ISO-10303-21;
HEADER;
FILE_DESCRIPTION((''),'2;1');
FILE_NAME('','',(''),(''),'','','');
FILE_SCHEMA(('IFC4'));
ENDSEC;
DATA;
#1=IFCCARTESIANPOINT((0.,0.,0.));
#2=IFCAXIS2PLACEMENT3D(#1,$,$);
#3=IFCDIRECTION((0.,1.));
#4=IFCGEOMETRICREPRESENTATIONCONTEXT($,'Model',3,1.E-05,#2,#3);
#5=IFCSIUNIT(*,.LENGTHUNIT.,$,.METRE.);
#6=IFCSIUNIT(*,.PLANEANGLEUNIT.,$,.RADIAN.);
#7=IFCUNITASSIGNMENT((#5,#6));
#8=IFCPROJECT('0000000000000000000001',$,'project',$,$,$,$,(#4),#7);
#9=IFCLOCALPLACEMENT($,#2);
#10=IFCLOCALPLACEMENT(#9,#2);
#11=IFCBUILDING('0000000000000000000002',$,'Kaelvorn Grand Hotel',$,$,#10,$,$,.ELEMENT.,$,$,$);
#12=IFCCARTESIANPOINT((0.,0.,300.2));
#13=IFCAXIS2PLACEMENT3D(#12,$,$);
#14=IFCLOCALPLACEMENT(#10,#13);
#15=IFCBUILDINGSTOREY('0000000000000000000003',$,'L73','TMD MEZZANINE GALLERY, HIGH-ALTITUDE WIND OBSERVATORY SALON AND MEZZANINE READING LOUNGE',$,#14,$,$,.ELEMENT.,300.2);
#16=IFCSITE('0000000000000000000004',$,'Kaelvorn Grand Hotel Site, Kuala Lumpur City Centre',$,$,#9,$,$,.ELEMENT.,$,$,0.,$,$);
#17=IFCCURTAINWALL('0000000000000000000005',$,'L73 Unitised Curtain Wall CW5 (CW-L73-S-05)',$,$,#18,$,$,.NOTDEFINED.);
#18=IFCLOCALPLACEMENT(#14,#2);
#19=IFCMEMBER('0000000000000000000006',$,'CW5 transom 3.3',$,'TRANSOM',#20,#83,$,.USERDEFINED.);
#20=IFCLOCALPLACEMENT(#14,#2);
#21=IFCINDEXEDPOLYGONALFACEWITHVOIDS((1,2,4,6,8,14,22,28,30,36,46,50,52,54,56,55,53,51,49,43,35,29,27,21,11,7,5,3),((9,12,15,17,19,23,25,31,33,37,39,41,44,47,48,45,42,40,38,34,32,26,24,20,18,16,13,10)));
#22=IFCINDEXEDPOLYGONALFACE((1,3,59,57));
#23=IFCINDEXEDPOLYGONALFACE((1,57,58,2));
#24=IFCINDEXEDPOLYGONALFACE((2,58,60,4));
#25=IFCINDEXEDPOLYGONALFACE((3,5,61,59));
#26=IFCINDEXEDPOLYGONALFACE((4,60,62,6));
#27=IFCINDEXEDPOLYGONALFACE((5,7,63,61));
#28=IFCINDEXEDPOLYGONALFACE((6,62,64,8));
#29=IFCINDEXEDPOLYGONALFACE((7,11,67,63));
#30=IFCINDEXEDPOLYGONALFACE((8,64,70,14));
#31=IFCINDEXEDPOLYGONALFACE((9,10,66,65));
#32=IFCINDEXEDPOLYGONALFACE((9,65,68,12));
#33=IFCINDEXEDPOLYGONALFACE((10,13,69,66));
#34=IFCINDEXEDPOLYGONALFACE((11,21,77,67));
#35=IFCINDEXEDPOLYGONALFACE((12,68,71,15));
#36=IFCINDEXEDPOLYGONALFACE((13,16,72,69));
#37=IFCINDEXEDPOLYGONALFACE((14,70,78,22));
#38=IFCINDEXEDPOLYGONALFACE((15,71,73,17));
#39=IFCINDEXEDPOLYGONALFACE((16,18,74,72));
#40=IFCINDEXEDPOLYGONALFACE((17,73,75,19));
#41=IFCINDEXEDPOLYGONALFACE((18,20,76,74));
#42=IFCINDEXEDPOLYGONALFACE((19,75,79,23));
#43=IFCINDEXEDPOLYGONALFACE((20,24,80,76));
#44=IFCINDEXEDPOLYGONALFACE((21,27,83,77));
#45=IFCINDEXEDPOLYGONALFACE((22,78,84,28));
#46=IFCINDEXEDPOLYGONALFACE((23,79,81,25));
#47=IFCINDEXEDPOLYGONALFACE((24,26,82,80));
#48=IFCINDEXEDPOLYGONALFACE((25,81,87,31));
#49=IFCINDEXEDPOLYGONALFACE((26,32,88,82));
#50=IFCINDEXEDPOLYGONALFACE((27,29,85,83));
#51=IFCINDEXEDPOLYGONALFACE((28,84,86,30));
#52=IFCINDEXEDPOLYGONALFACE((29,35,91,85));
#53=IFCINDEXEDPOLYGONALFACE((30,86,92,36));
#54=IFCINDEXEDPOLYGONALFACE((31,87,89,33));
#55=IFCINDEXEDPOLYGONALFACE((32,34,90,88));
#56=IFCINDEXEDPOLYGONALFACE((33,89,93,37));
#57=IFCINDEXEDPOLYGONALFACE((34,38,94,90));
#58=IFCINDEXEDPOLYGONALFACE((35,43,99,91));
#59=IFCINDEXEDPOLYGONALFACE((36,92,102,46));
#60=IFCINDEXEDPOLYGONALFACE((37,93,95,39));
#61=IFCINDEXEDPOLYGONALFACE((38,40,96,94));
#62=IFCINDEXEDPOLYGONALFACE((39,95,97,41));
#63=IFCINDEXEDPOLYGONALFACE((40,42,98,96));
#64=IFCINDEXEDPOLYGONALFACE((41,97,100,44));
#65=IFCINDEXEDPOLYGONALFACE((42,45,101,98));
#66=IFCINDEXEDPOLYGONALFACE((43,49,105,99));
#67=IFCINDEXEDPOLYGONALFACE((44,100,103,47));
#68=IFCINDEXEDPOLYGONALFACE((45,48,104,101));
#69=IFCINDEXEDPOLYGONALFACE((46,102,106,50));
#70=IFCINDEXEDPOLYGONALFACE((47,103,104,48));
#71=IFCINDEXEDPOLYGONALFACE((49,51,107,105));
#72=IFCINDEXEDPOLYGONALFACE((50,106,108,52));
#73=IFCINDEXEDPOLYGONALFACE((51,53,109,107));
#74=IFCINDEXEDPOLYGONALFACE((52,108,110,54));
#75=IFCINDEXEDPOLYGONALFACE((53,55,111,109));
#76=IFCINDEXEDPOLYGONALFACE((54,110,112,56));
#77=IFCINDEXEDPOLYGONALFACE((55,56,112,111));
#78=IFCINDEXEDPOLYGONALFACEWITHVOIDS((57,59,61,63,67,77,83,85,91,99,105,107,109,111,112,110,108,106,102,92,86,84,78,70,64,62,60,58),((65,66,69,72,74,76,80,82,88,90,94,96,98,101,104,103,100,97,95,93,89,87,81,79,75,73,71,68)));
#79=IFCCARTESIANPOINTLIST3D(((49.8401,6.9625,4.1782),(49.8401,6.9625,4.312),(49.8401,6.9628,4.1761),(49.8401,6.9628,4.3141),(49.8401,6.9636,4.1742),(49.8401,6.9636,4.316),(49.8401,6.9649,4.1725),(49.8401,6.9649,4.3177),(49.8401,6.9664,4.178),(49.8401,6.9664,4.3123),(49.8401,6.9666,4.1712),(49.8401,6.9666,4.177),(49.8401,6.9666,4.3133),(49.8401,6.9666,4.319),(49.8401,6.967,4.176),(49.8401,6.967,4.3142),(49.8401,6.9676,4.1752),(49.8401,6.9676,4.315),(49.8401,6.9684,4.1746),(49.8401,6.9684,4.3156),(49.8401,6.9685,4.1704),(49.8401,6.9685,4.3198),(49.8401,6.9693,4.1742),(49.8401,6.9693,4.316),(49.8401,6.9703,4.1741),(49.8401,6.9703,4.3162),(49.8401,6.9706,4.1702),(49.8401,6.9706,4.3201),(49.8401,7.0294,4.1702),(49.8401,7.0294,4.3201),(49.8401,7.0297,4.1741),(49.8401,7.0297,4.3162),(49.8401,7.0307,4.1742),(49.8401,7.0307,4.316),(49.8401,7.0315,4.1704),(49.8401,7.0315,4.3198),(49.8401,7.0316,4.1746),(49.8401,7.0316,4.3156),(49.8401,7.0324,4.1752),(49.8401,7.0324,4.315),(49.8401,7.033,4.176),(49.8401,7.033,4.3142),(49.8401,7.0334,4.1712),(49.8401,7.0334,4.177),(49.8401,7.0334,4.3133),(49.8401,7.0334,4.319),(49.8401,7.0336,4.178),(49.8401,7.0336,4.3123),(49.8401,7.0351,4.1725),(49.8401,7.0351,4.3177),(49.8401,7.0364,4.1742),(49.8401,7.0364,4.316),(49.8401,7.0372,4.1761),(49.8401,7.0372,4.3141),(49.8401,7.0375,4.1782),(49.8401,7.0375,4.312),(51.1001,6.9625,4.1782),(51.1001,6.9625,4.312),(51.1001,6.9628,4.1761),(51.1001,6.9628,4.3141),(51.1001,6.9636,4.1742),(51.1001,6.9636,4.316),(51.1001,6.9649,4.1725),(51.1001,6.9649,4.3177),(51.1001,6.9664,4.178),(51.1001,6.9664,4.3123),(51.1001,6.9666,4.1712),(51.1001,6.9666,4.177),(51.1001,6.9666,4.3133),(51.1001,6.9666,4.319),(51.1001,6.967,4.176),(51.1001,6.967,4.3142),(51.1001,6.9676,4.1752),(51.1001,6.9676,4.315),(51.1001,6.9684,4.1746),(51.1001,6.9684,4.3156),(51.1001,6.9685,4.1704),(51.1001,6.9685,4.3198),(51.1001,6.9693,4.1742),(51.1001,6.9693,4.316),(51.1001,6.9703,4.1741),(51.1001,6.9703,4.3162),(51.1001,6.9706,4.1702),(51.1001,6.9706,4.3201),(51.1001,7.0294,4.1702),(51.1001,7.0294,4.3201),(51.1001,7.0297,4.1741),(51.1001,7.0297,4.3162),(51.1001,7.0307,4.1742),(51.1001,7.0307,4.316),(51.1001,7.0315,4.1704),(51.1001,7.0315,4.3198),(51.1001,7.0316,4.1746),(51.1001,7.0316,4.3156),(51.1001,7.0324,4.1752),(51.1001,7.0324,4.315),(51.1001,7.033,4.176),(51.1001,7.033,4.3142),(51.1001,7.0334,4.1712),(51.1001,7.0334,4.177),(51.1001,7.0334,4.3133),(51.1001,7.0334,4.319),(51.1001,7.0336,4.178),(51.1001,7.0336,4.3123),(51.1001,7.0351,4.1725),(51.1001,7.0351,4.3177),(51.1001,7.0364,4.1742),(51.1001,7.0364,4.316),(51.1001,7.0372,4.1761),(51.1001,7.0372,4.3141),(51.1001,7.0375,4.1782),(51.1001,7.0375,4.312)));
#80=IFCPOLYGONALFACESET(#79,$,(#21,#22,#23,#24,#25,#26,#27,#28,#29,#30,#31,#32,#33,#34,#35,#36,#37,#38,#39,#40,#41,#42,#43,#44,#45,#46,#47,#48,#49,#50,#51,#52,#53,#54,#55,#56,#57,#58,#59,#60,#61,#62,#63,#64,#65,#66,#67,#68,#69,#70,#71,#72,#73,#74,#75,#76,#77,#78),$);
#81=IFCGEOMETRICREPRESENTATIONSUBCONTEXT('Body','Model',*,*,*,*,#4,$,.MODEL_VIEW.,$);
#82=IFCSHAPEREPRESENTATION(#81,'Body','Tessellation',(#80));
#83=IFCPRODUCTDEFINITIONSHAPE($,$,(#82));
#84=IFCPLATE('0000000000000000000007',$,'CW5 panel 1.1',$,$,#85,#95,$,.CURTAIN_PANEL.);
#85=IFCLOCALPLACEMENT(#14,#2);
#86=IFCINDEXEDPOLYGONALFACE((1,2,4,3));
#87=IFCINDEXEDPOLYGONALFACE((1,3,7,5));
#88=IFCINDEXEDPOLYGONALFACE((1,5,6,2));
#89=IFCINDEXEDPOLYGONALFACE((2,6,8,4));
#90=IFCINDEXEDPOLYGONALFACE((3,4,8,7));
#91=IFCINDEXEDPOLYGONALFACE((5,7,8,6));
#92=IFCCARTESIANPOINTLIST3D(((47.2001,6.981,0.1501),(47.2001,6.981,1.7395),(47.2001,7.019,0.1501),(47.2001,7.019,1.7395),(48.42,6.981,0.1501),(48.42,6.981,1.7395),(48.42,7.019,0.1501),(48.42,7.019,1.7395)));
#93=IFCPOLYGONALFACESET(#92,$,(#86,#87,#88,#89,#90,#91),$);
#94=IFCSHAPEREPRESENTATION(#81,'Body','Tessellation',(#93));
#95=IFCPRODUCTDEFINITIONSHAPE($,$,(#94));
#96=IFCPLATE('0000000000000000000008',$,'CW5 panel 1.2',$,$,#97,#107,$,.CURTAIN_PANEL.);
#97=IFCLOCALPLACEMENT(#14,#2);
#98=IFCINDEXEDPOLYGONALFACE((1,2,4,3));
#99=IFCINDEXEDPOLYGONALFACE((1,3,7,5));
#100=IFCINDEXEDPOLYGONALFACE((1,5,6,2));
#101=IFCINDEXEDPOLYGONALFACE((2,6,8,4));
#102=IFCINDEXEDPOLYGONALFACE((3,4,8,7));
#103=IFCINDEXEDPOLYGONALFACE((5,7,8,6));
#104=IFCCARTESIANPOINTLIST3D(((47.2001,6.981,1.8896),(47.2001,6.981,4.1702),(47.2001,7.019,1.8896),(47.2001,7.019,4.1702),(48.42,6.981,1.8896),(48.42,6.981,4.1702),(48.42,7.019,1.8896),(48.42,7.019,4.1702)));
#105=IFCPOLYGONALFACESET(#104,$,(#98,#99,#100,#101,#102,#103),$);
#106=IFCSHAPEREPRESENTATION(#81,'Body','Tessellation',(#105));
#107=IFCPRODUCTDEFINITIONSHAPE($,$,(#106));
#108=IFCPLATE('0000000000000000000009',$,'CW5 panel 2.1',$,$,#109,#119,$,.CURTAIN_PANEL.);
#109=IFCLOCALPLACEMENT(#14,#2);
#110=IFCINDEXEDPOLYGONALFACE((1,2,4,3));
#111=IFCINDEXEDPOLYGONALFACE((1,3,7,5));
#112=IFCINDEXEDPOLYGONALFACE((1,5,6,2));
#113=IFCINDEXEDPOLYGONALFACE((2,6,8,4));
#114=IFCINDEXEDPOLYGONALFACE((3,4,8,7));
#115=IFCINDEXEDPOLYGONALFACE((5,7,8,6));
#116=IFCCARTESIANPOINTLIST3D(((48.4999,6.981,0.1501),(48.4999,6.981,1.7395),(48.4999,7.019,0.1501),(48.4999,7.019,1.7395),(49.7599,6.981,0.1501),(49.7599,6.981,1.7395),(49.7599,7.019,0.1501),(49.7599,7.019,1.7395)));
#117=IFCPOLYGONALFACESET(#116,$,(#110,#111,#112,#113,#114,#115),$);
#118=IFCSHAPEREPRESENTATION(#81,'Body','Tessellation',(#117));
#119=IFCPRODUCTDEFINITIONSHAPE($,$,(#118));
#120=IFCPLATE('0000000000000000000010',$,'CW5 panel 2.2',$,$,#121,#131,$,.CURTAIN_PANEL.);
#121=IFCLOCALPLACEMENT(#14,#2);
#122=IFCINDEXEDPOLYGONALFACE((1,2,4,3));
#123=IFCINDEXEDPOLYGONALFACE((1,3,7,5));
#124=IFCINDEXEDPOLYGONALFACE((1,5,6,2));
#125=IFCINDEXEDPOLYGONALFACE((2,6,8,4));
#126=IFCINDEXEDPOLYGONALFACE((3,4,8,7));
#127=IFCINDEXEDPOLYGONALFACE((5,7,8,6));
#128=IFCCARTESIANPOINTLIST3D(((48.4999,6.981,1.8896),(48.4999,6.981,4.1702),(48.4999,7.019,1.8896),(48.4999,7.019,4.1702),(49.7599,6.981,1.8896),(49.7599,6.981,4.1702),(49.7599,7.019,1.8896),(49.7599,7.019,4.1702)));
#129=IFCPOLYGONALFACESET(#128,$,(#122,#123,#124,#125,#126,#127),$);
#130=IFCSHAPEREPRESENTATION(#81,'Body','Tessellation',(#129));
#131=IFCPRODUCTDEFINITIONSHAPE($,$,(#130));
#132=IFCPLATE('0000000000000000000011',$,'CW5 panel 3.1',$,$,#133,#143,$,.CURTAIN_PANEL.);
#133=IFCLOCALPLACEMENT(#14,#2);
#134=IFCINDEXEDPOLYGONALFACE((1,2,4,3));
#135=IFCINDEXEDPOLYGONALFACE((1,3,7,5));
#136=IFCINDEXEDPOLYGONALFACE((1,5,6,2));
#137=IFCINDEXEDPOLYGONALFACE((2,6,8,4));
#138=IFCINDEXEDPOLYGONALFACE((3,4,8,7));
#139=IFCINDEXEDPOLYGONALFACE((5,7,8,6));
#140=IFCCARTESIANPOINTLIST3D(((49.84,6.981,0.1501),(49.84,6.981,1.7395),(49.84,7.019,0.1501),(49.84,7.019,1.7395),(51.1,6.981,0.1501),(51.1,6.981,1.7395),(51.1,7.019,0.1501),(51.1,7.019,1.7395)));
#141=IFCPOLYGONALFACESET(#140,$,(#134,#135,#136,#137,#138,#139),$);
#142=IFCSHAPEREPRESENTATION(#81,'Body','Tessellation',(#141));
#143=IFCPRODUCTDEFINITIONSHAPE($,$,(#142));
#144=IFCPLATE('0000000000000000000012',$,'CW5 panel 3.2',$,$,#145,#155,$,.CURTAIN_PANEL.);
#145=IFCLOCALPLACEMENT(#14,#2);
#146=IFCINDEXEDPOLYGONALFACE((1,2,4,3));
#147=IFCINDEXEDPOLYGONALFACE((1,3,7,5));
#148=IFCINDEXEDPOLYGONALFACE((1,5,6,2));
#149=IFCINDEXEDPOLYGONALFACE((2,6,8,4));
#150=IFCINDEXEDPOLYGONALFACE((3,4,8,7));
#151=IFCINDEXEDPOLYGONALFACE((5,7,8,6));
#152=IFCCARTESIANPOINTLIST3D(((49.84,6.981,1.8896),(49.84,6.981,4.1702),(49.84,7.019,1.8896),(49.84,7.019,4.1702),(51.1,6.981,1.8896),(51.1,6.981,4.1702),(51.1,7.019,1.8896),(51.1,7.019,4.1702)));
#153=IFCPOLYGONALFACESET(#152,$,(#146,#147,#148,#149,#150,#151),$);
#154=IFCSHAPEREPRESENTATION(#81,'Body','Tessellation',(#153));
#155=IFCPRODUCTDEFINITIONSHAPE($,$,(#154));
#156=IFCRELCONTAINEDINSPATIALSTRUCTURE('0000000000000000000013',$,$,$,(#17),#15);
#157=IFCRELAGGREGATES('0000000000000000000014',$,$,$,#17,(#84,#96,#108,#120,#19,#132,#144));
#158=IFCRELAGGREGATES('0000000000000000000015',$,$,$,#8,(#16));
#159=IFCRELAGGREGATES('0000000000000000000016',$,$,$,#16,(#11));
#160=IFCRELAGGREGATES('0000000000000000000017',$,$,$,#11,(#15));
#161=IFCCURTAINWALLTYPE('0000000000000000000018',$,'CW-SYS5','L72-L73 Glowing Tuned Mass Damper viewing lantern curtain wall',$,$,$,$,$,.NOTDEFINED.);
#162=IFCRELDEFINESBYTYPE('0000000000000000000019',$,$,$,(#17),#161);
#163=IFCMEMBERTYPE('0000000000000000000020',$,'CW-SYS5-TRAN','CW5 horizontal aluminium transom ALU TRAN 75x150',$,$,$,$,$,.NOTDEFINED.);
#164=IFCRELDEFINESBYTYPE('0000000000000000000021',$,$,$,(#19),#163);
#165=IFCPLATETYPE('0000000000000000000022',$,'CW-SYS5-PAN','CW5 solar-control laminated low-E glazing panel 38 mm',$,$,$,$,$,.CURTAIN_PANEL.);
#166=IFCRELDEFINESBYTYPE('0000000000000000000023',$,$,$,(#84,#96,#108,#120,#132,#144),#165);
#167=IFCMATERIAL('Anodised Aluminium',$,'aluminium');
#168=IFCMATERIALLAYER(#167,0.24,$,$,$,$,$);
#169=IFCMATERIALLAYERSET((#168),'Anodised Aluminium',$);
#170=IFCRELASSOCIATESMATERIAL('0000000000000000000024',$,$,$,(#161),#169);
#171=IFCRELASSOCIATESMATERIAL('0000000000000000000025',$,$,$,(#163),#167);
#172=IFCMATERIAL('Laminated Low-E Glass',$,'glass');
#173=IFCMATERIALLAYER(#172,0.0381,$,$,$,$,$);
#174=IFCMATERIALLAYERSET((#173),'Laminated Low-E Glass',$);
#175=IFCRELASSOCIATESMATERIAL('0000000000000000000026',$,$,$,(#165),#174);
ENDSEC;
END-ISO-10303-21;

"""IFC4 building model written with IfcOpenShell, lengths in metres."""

from ifc_helpers import new_model, si_unit, direction, frame, origin, origin_2d, place, context, subcontext, project, spatial, rectangle, hollow_rectangle, extrude, material, layer, layer_set, material_profile, profile_set, type_object, element, aggregate, save


model = new_model("IFC4")

# Units and contexts
model_context = context("Model", 3, precision=1e-05, world=origin(), true_north=direction((0.0, 1.0)))
body_context = subcontext(model_context, "Body", "Model", "MODEL_VIEW")
ifc_project = project(units=[si_unit("LENGTHUNIT", "METRE"), si_unit("PLANEANGLEUNIT", "RADIAN")], contexts=[model_context])

# Site, building, storey
site_placement = place(None, origin())
site = spatial("IfcSite", under=ifc_project, at=site_placement, Name="Kaelvorn Grand Hotel Site, Kuala Lumpur City Centre", CompositionType="ELEMENT", RefElevation=0.0)
building_placement = place(site_placement, origin())
building = spatial("IfcBuilding", under=site, at=building_placement, Name="Kaelvorn Grand Hotel", CompositionType="ELEMENT")
storey_placement = place(building_placement, frame((0.0, 0.0, 300.2)))
storey = spatial("IfcBuildingStorey", under=building, at=storey_placement, Name="L73", Description="TMD MEZZANINE GALLERY, HIGH-ALTITUDE WIND OBSERVATORY SALON AND MEZZANINE READING LOUNGE", CompositionType="ELEMENT", Elevation=300.2)

# Curtain wall, member, plates
ifc_material_1 = material(Name="Anodised Aluminium", Category="aluminium")
ifc_layer_1 = layer(ifc_material_1, 0.24)
ifc_layer_set_1 = layer_set([ifc_layer_1], Name="Anodised Aluminium")
curtain_wall_type = type_object("IfcCurtainWallType", Name="CW-SYS5", Description="L72-L73 Glowing Tuned Mass Damper viewing lantern curtain wall", PredefinedType="NOTDEFINED", material=ifc_layer_set_1)
curtain_wall_placement = place(storey_placement, origin())
curtain_wall = element("IfcCurtainWall", 1, at=curtain_wall_placement, inside=storey, type_object=curtain_wall_type, Name="L73 Unitised Curtain Wall CW5 (CW-L73-S-05)", PredefinedType="NOTDEFINED")
ifc_material_profile_1 = material_profile(ifc_material_1, hollow_rectangle(XDim=0.075, YDim=0.1499, WallThickness=0.0039, InnerFilletRadius=0.0039, OuterFilletRadius=0.0081, at=origin_2d()), Name="ALU TRAN 75x150")
ifc_profile_set_1 = profile_set([ifc_material_profile_1], Name="Anodised Aluminium")
member_type_1 = type_object("IfcMemberType", Name="CW-SYS5-TRAN", Description="CW5 horizontal aluminium transom ALU TRAN 75x150", PredefinedType="NOTDEFINED", material=ifc_profile_set_1)
member_1_placement = place(storey_placement, frame((49.8401, 7.0, 4.2451), z_axis=(1.0, 0.0, 0.0), x_axis=(0.0, 1.0, 0.0)))
member_1 = element("IfcMember", 2, at=member_1_placement, type_object=member_type_1, Name="CW5 transom 3.3", ObjectType="TRANSOM", PredefinedType="USERDEFINED", context=body_context, shape_type="SweptSolid", body=[
    extrude(hollow_rectangle(XDim=0.075, YDim=0.1499, WallThickness=0.0039, InnerFilletRadius=0.0039, OuterFilletRadius=0.0081, at=origin_2d()), origin(), (0.0, 0.0, 1.0), 1.26),
])
ifc_material_2 = material(Name="Laminated Low-E Glass", Category="glass")
ifc_layer_2 = layer(ifc_material_2, 0.0381)
ifc_layer_set_2 = layer_set([ifc_layer_2], Name="Laminated Low-E Glass")
plate_type = type_object("IfcPlateType", Name="CW-SYS5-PAN", Description="CW5 solar-control laminated low-E glazing panel 38 mm", PredefinedType="CURTAIN_PANEL", material=ifc_layer_set_2)
plate_1_placement = place(storey_placement, frame((47.8101, 7.0, 0.1501), z_axis=(0.0, 0.0, 1.0), x_axis=(1.0, 0.0, 0.0)))
plate_1 = element("IfcPlate", 3, at=plate_1_placement, type_object=plate_type, Name="CW5 panel 1.1", PredefinedType="CURTAIN_PANEL", context=body_context, shape_type="SweptSolid", body=[
    extrude(rectangle(XDim=1.22, YDim=0.0381, at=origin_2d()), origin(), (0.0, 0.0, 1.0), 1.5894),
])
plate_2_placement = place(storey_placement, frame((47.8101, 7.0, 1.8896), z_axis=(0.0, 0.0, 1.0), x_axis=(1.0, 0.0, 0.0)))
plate_2 = element("IfcPlate", 4, at=plate_2_placement, type_object=plate_type, Name="CW5 panel 1.2", PredefinedType="CURTAIN_PANEL", context=body_context, shape_type="SweptSolid", body=[
    extrude(rectangle(XDim=1.22, YDim=0.0381, at=origin_2d()), origin(), (0.0, 0.0, 1.0), 2.2805),
])
plate_3_placement = place(storey_placement, frame((49.1299, 7.0, 0.1501), z_axis=(0.0, 0.0, 1.0), x_axis=(1.0, 0.0, 0.0)))
plate_3 = element("IfcPlate", 5, at=plate_3_placement, type_object=plate_type, Name="CW5 panel 2.1", PredefinedType="CURTAIN_PANEL", context=body_context, shape_type="SweptSolid", body=[
    extrude(rectangle(XDim=1.26, YDim=0.0381, at=origin_2d()), origin(), (0.0, 0.0, 1.0), 1.5894),
])
plate_4_placement = place(storey_placement, frame((49.1299, 7.0, 1.8896), z_axis=(0.0, 0.0, 1.0), x_axis=(1.0, 0.0, 0.0)))
plate_4 = element("IfcPlate", 6, at=plate_4_placement, type_object=plate_type, Name="CW5 panel 2.2", PredefinedType="CURTAIN_PANEL", context=body_context, shape_type="SweptSolid", body=[
    extrude(rectangle(XDim=1.26, YDim=0.0381, at=origin_2d()), origin(), (0.0, 0.0, 1.0), 2.2805),
])
plate_5_placement = place(storey_placement, frame((50.47, 7.0, 0.1501), z_axis=(0.0, 0.0, 1.0), x_axis=(1.0, 0.0, 0.0)))
plate_5 = element("IfcPlate", 7, at=plate_5_placement, type_object=plate_type, Name="CW5 panel 3.1", PredefinedType="CURTAIN_PANEL", context=body_context, shape_type="SweptSolid", body=[
    extrude(rectangle(XDim=1.26, YDim=0.0381, at=origin_2d()), origin(), (0.0, 0.0, 1.0), 1.5894),
])
plate_6_placement = place(storey_placement, frame((50.47, 7.0, 1.8896), z_axis=(0.0, 0.0, 1.0), x_axis=(1.0, 0.0, 0.0)))
plate_6 = element("IfcPlate", 8, at=plate_6_placement, type_object=plate_type, Name="CW5 panel 3.2", PredefinedType="CURTAIN_PANEL", context=body_context, shape_type="SweptSolid", body=[
    extrude(rectangle(XDim=1.26, YDim=0.0381, at=origin_2d()), origin(), (0.0, 0.0, 1.0), 2.2805),
])
aggregate(curtain_wall, [plate_1, plate_2, plate_3, plate_4, member_1, plate_5, plate_6])

save(model, "model.ifc")
